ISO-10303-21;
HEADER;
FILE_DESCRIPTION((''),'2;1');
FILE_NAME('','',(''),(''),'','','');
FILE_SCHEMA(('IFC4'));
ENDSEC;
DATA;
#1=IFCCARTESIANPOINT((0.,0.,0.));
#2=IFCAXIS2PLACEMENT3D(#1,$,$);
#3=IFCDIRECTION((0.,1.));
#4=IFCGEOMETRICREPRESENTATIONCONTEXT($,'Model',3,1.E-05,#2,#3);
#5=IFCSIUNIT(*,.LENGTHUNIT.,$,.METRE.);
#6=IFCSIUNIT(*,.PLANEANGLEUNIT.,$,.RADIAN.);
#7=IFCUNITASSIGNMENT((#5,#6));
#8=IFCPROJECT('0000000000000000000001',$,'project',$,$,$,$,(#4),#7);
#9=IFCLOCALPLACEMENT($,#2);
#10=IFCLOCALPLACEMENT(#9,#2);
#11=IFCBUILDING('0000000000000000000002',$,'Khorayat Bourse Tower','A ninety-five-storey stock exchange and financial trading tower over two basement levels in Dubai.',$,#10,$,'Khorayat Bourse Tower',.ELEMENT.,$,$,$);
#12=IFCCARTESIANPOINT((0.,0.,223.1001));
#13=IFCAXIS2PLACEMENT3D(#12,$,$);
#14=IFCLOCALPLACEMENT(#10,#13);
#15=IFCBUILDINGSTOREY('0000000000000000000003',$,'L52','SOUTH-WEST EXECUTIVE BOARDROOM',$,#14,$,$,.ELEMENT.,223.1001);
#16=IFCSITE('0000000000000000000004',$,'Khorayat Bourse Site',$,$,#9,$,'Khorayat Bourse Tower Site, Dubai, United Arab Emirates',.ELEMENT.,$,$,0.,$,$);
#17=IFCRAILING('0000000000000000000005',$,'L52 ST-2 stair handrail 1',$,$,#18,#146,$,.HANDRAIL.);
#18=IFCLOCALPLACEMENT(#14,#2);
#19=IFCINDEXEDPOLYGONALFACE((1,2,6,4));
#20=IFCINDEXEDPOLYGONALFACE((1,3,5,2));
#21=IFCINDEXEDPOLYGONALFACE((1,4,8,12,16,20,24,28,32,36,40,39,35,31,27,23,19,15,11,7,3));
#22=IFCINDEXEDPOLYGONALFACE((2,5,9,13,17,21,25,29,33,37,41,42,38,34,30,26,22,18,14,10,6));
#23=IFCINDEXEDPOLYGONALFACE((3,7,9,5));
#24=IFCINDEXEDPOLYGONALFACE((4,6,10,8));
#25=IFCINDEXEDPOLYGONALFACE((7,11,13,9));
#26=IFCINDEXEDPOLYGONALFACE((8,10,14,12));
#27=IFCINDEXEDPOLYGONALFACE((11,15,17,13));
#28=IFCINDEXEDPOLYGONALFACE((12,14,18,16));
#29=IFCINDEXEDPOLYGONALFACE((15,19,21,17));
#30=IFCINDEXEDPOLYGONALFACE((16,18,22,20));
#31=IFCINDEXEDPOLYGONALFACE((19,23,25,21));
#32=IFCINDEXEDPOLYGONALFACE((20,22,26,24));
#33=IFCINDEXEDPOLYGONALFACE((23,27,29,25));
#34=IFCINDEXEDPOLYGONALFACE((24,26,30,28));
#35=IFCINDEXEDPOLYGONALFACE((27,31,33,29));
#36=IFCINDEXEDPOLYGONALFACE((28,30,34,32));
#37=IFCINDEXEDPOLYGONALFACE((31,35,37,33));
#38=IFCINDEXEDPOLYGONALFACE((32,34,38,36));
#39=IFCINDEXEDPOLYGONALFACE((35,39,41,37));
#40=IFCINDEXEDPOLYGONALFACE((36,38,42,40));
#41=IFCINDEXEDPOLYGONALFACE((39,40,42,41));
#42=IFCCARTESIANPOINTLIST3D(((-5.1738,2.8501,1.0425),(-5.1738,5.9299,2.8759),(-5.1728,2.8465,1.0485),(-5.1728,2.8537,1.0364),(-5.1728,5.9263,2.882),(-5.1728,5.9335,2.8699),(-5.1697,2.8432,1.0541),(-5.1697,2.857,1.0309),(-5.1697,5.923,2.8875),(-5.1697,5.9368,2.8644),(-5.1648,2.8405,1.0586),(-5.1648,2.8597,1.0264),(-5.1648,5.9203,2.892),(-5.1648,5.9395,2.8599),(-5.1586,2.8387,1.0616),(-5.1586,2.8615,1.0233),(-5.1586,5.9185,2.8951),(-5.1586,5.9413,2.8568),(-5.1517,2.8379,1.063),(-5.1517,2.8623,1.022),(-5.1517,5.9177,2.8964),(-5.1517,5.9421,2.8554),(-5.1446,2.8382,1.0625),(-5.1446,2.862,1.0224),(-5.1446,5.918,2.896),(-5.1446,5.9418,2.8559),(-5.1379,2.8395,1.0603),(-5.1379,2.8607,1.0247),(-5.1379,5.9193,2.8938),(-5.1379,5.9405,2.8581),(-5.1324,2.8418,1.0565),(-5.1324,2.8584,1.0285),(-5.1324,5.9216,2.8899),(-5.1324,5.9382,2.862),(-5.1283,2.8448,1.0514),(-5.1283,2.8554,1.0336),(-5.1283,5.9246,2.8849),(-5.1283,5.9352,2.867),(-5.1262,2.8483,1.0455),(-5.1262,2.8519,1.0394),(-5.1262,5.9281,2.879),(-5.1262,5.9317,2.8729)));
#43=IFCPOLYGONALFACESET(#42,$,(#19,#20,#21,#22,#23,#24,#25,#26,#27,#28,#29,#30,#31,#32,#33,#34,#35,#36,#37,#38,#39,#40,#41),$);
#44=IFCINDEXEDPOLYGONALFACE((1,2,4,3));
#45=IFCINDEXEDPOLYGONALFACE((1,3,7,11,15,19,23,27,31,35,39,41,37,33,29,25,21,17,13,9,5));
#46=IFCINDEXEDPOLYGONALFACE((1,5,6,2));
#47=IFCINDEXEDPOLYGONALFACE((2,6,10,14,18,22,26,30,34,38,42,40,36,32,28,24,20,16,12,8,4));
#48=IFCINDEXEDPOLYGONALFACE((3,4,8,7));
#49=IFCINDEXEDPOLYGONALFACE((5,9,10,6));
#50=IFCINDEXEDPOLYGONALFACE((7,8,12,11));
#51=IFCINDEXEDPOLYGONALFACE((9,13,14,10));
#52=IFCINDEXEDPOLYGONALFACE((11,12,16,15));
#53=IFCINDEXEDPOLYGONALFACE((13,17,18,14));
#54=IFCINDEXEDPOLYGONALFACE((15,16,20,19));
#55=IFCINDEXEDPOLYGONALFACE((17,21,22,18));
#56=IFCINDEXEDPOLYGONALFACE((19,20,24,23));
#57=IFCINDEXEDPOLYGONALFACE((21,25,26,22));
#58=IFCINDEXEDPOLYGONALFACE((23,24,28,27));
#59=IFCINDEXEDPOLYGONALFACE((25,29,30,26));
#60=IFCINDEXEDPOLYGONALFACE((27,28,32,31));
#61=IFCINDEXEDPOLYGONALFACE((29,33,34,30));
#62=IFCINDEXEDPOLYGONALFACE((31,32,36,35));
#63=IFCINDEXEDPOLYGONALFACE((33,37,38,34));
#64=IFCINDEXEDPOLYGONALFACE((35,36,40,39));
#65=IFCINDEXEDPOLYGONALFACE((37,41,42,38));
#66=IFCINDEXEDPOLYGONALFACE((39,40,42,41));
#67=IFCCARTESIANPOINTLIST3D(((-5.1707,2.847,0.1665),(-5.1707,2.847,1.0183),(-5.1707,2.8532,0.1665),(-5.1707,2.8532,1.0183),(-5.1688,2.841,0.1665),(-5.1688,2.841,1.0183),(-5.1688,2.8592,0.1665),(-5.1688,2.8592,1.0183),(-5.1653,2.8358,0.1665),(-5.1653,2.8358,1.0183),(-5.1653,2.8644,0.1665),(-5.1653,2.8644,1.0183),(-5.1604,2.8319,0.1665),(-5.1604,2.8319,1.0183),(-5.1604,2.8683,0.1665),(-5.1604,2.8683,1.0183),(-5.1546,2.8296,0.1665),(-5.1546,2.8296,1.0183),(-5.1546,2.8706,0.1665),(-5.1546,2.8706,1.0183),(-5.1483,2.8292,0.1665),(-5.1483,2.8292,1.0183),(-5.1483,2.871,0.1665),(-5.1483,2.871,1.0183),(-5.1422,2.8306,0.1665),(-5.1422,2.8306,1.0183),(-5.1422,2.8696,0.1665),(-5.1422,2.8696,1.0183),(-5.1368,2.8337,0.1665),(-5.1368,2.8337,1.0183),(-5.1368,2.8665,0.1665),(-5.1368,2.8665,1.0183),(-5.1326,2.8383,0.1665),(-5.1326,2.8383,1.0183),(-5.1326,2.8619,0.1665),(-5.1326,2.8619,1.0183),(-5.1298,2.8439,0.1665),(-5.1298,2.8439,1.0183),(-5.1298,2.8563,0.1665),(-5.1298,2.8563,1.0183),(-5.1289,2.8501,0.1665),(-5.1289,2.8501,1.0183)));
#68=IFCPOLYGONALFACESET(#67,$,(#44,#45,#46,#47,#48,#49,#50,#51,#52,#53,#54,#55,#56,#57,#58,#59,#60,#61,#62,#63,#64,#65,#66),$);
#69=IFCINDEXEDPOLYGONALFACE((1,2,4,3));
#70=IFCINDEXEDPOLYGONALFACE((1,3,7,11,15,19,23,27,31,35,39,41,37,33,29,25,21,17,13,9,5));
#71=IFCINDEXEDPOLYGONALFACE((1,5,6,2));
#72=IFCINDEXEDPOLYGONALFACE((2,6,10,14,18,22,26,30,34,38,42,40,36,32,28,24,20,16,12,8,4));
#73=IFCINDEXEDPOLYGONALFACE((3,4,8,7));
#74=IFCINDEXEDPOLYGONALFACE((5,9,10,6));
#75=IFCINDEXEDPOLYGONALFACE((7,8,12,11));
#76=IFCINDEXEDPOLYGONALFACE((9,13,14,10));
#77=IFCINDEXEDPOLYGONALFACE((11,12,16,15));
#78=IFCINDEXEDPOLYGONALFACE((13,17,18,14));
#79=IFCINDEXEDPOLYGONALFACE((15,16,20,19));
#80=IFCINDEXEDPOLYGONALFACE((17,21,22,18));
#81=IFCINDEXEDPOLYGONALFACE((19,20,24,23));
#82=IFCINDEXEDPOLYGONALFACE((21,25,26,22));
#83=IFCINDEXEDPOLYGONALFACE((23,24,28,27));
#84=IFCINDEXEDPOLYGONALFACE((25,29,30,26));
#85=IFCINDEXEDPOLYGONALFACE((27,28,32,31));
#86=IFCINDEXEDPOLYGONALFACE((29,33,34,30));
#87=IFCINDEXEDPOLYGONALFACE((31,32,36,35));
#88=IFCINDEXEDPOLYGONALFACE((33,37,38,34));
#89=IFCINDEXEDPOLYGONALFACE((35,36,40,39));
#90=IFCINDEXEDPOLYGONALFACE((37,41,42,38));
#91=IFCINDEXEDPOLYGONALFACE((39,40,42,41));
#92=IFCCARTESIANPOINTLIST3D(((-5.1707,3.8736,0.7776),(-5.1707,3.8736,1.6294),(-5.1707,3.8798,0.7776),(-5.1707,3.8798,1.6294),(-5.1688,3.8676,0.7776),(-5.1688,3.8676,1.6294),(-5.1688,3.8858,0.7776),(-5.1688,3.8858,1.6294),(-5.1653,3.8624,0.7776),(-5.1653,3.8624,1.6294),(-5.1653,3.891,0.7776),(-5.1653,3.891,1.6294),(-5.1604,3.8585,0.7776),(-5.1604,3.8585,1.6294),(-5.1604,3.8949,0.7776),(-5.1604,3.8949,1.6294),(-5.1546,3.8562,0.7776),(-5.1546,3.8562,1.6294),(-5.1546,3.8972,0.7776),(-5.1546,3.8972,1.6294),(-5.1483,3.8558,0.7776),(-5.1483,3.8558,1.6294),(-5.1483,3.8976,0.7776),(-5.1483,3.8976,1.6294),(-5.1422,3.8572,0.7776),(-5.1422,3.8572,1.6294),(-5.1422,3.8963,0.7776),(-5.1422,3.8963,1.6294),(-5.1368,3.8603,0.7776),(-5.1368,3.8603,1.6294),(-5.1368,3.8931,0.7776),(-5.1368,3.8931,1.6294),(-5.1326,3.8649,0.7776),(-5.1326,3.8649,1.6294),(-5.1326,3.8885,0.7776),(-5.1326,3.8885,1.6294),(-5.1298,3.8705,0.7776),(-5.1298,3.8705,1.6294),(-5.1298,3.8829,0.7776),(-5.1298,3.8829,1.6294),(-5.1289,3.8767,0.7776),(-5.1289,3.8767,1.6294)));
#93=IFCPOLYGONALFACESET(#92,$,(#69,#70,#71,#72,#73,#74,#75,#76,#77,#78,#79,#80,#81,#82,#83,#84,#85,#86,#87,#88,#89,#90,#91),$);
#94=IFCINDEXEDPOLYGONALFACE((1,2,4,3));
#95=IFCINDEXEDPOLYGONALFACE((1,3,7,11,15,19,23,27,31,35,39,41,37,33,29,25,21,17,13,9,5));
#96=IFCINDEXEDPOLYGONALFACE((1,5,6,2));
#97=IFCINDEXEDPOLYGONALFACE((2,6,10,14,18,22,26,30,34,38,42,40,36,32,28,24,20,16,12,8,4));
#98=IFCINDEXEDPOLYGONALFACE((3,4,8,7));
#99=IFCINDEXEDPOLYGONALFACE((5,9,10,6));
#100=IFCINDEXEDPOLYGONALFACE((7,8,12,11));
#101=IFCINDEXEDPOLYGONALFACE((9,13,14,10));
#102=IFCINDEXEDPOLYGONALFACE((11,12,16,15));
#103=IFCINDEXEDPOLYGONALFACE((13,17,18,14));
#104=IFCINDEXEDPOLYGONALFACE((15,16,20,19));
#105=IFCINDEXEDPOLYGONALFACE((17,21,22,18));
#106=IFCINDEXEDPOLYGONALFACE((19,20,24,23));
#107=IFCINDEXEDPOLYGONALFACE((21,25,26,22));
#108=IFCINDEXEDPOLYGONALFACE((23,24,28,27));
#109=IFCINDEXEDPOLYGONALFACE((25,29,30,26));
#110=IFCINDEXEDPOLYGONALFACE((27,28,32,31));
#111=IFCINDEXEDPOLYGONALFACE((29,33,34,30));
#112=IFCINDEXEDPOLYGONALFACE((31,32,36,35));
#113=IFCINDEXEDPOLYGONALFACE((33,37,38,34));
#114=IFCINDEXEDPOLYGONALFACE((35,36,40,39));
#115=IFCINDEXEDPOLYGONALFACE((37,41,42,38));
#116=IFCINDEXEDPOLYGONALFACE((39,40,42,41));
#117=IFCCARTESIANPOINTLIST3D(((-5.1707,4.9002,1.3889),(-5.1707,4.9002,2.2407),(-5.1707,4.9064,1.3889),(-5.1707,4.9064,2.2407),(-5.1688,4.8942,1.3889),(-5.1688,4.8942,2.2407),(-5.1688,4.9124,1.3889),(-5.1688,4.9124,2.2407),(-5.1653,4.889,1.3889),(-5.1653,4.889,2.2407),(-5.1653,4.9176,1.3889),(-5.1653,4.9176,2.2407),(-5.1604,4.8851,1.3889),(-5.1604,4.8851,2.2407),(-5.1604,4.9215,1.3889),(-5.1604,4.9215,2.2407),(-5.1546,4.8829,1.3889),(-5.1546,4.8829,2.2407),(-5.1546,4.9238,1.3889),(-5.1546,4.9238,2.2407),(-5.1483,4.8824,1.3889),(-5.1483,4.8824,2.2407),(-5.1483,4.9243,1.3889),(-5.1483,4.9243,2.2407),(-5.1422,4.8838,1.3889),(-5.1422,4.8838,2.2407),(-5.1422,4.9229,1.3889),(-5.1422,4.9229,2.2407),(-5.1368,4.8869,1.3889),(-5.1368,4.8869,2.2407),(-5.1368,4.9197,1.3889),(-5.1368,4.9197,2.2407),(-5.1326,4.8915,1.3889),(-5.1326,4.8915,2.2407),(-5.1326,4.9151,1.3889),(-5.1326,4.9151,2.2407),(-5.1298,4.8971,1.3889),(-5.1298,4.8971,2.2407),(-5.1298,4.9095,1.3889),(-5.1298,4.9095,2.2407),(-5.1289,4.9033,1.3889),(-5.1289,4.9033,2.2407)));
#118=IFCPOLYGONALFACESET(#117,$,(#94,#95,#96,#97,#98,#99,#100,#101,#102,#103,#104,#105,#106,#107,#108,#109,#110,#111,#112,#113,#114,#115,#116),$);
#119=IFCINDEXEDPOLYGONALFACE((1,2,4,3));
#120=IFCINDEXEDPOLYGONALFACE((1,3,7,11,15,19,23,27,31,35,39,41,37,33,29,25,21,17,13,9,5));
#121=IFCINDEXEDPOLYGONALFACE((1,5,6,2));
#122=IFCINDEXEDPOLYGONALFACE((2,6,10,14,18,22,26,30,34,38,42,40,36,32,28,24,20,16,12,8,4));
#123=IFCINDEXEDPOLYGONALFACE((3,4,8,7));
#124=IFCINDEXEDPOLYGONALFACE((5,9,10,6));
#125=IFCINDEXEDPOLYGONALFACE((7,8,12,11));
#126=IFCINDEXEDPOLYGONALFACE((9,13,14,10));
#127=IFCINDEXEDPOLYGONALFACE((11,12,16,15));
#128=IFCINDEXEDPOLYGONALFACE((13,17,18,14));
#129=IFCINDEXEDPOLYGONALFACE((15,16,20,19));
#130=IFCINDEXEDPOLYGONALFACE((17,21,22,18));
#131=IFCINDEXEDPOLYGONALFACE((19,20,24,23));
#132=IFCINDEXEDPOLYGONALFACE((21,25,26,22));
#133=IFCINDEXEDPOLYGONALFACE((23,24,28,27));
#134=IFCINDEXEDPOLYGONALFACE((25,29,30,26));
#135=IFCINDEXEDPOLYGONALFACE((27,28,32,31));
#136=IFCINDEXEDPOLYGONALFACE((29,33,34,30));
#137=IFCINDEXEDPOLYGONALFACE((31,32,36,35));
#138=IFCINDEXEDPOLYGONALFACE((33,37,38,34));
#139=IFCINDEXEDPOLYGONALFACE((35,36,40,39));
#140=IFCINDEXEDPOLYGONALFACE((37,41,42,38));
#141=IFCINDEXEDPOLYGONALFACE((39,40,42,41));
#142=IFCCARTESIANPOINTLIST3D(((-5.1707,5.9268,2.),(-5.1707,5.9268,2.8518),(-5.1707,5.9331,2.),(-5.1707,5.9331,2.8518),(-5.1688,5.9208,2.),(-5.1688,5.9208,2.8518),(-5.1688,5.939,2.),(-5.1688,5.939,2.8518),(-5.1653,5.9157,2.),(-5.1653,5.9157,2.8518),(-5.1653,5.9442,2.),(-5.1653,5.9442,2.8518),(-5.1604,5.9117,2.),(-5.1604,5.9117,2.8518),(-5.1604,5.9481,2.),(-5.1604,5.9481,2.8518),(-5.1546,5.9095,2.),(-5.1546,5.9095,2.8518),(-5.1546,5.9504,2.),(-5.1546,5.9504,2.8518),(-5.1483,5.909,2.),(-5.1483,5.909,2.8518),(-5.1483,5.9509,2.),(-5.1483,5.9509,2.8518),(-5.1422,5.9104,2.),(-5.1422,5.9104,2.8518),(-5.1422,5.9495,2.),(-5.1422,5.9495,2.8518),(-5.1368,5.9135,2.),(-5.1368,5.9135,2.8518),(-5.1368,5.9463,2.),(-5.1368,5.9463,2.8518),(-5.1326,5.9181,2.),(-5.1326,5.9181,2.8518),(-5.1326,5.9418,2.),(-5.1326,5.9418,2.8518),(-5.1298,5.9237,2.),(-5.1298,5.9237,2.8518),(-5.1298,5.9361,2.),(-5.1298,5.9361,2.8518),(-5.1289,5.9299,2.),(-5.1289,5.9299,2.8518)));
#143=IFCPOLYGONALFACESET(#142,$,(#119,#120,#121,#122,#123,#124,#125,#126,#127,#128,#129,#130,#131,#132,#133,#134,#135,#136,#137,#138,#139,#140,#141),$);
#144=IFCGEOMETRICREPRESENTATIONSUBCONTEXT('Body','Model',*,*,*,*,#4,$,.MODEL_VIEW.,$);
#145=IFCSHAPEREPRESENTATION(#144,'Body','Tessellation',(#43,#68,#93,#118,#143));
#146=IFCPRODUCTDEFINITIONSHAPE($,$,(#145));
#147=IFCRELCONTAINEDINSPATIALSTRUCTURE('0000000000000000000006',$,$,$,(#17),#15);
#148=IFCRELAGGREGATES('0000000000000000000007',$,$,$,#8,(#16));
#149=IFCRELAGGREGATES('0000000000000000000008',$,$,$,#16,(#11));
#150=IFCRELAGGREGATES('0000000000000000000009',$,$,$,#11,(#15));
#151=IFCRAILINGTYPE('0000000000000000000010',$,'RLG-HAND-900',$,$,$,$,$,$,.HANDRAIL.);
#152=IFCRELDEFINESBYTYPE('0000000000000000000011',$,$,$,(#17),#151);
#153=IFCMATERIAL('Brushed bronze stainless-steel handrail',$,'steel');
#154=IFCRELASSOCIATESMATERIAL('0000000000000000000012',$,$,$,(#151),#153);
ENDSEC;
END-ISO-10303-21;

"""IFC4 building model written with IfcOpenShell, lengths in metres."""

from ifc_helpers import new_model, si_unit, direction, frame, origin, origin_2d, place, context, subcontext, project, spatial, circle, extrude, source, transform, mapped, material, type_object, element, save


model = new_model("IFC4")

# Units and contexts
model_context = context("Model", 3, precision=1e-05, world=origin(), true_north=direction((0.0, 1.0)))
body_context = subcontext(model_context, "Body", "Model", "MODEL_VIEW")
ifc_project = project(units=[si_unit("LENGTHUNIT", "METRE"), si_unit("PLANEANGLEUNIT", "RADIAN")], contexts=[model_context])

# Site, building, storey
site_placement = place(None, origin())
site = spatial("IfcSite", under=ifc_project, at=site_placement, Name="Khorayat Bourse Site", LongName="Khorayat Bourse Tower Site, Dubai, United Arab Emirates", CompositionType="ELEMENT", RefElevation=0.0)
building_placement = place(site_placement, origin())
building = spatial("IfcBuilding", under=site, at=building_placement, Name="Khorayat Bourse Tower", Description="A ninety-five-storey stock exchange and financial trading tower over two basement levels in Dubai.", LongName="Khorayat Bourse Tower", CompositionType="ELEMENT")
storey_placement = place(building_placement, frame((0.0, 0.0, 223.1001)))
storey = spatial("IfcBuildingStorey", under=building, at=storey_placement, Name="L52", Description="SOUTH-WEST EXECUTIVE BOARDROOM", CompositionType="ELEMENT", Elevation=223.1001)

# Railing
ifc_material_1 = material(Name="Brushed bronze stainless-steel handrail", Category="steel")
railing_type_1 = type_object("IfcRailingType", Name="RLG-HAND-900", PredefinedType="HANDRAIL", material=ifc_material_1)
shared_shape_1 = source(origin(), body_context, "Body", "SweptSolid", [
    extrude(circle(Radius=0.0239, at=origin_2d()), frame((0.0, 0.0, 0.876), z_axis=(0.0, 0.859261, 0.511538), x_axis=(-1.0, 0.0, 0.0)), (0.0, 0.0, 1.0), 3.5842),
    extrude(circle(Radius=0.021, at=origin_2d()), origin(), (0.0, 0.0, 1.0), 0.8518),
    extrude(circle(Radius=0.021, at=origin_2d()), frame((0.0, 1.0266, 0.6111)), (0.0, 0.0, 1.0), 0.8518),
    extrude(circle(Radius=0.021, at=origin_2d()), frame((0.0, 2.0532, 1.2224)), (0.0, 0.0, 1.0), 0.8518),
    extrude(circle(Radius=0.021, at=origin_2d()), frame((0.0, 3.0798, 1.8335)), (0.0, 0.0, 1.0), 0.8518),
])
railing_1_placement = place(storey_placement, frame((-5.1499, 2.8501, 0.1665)))
element("IfcRailing", 1, at=railing_1_placement, inside=storey, type_object=railing_type_1, Name="L52 ST-2 stair handrail 1", PredefinedType="HANDRAIL", context=body_context, shape_type="MappedRepresentation", body=[
    mapped(shared_shape_1, transform((0.0, 0.0, 0.0), scale=1.0)),
])

save(model, "model.ifc")
